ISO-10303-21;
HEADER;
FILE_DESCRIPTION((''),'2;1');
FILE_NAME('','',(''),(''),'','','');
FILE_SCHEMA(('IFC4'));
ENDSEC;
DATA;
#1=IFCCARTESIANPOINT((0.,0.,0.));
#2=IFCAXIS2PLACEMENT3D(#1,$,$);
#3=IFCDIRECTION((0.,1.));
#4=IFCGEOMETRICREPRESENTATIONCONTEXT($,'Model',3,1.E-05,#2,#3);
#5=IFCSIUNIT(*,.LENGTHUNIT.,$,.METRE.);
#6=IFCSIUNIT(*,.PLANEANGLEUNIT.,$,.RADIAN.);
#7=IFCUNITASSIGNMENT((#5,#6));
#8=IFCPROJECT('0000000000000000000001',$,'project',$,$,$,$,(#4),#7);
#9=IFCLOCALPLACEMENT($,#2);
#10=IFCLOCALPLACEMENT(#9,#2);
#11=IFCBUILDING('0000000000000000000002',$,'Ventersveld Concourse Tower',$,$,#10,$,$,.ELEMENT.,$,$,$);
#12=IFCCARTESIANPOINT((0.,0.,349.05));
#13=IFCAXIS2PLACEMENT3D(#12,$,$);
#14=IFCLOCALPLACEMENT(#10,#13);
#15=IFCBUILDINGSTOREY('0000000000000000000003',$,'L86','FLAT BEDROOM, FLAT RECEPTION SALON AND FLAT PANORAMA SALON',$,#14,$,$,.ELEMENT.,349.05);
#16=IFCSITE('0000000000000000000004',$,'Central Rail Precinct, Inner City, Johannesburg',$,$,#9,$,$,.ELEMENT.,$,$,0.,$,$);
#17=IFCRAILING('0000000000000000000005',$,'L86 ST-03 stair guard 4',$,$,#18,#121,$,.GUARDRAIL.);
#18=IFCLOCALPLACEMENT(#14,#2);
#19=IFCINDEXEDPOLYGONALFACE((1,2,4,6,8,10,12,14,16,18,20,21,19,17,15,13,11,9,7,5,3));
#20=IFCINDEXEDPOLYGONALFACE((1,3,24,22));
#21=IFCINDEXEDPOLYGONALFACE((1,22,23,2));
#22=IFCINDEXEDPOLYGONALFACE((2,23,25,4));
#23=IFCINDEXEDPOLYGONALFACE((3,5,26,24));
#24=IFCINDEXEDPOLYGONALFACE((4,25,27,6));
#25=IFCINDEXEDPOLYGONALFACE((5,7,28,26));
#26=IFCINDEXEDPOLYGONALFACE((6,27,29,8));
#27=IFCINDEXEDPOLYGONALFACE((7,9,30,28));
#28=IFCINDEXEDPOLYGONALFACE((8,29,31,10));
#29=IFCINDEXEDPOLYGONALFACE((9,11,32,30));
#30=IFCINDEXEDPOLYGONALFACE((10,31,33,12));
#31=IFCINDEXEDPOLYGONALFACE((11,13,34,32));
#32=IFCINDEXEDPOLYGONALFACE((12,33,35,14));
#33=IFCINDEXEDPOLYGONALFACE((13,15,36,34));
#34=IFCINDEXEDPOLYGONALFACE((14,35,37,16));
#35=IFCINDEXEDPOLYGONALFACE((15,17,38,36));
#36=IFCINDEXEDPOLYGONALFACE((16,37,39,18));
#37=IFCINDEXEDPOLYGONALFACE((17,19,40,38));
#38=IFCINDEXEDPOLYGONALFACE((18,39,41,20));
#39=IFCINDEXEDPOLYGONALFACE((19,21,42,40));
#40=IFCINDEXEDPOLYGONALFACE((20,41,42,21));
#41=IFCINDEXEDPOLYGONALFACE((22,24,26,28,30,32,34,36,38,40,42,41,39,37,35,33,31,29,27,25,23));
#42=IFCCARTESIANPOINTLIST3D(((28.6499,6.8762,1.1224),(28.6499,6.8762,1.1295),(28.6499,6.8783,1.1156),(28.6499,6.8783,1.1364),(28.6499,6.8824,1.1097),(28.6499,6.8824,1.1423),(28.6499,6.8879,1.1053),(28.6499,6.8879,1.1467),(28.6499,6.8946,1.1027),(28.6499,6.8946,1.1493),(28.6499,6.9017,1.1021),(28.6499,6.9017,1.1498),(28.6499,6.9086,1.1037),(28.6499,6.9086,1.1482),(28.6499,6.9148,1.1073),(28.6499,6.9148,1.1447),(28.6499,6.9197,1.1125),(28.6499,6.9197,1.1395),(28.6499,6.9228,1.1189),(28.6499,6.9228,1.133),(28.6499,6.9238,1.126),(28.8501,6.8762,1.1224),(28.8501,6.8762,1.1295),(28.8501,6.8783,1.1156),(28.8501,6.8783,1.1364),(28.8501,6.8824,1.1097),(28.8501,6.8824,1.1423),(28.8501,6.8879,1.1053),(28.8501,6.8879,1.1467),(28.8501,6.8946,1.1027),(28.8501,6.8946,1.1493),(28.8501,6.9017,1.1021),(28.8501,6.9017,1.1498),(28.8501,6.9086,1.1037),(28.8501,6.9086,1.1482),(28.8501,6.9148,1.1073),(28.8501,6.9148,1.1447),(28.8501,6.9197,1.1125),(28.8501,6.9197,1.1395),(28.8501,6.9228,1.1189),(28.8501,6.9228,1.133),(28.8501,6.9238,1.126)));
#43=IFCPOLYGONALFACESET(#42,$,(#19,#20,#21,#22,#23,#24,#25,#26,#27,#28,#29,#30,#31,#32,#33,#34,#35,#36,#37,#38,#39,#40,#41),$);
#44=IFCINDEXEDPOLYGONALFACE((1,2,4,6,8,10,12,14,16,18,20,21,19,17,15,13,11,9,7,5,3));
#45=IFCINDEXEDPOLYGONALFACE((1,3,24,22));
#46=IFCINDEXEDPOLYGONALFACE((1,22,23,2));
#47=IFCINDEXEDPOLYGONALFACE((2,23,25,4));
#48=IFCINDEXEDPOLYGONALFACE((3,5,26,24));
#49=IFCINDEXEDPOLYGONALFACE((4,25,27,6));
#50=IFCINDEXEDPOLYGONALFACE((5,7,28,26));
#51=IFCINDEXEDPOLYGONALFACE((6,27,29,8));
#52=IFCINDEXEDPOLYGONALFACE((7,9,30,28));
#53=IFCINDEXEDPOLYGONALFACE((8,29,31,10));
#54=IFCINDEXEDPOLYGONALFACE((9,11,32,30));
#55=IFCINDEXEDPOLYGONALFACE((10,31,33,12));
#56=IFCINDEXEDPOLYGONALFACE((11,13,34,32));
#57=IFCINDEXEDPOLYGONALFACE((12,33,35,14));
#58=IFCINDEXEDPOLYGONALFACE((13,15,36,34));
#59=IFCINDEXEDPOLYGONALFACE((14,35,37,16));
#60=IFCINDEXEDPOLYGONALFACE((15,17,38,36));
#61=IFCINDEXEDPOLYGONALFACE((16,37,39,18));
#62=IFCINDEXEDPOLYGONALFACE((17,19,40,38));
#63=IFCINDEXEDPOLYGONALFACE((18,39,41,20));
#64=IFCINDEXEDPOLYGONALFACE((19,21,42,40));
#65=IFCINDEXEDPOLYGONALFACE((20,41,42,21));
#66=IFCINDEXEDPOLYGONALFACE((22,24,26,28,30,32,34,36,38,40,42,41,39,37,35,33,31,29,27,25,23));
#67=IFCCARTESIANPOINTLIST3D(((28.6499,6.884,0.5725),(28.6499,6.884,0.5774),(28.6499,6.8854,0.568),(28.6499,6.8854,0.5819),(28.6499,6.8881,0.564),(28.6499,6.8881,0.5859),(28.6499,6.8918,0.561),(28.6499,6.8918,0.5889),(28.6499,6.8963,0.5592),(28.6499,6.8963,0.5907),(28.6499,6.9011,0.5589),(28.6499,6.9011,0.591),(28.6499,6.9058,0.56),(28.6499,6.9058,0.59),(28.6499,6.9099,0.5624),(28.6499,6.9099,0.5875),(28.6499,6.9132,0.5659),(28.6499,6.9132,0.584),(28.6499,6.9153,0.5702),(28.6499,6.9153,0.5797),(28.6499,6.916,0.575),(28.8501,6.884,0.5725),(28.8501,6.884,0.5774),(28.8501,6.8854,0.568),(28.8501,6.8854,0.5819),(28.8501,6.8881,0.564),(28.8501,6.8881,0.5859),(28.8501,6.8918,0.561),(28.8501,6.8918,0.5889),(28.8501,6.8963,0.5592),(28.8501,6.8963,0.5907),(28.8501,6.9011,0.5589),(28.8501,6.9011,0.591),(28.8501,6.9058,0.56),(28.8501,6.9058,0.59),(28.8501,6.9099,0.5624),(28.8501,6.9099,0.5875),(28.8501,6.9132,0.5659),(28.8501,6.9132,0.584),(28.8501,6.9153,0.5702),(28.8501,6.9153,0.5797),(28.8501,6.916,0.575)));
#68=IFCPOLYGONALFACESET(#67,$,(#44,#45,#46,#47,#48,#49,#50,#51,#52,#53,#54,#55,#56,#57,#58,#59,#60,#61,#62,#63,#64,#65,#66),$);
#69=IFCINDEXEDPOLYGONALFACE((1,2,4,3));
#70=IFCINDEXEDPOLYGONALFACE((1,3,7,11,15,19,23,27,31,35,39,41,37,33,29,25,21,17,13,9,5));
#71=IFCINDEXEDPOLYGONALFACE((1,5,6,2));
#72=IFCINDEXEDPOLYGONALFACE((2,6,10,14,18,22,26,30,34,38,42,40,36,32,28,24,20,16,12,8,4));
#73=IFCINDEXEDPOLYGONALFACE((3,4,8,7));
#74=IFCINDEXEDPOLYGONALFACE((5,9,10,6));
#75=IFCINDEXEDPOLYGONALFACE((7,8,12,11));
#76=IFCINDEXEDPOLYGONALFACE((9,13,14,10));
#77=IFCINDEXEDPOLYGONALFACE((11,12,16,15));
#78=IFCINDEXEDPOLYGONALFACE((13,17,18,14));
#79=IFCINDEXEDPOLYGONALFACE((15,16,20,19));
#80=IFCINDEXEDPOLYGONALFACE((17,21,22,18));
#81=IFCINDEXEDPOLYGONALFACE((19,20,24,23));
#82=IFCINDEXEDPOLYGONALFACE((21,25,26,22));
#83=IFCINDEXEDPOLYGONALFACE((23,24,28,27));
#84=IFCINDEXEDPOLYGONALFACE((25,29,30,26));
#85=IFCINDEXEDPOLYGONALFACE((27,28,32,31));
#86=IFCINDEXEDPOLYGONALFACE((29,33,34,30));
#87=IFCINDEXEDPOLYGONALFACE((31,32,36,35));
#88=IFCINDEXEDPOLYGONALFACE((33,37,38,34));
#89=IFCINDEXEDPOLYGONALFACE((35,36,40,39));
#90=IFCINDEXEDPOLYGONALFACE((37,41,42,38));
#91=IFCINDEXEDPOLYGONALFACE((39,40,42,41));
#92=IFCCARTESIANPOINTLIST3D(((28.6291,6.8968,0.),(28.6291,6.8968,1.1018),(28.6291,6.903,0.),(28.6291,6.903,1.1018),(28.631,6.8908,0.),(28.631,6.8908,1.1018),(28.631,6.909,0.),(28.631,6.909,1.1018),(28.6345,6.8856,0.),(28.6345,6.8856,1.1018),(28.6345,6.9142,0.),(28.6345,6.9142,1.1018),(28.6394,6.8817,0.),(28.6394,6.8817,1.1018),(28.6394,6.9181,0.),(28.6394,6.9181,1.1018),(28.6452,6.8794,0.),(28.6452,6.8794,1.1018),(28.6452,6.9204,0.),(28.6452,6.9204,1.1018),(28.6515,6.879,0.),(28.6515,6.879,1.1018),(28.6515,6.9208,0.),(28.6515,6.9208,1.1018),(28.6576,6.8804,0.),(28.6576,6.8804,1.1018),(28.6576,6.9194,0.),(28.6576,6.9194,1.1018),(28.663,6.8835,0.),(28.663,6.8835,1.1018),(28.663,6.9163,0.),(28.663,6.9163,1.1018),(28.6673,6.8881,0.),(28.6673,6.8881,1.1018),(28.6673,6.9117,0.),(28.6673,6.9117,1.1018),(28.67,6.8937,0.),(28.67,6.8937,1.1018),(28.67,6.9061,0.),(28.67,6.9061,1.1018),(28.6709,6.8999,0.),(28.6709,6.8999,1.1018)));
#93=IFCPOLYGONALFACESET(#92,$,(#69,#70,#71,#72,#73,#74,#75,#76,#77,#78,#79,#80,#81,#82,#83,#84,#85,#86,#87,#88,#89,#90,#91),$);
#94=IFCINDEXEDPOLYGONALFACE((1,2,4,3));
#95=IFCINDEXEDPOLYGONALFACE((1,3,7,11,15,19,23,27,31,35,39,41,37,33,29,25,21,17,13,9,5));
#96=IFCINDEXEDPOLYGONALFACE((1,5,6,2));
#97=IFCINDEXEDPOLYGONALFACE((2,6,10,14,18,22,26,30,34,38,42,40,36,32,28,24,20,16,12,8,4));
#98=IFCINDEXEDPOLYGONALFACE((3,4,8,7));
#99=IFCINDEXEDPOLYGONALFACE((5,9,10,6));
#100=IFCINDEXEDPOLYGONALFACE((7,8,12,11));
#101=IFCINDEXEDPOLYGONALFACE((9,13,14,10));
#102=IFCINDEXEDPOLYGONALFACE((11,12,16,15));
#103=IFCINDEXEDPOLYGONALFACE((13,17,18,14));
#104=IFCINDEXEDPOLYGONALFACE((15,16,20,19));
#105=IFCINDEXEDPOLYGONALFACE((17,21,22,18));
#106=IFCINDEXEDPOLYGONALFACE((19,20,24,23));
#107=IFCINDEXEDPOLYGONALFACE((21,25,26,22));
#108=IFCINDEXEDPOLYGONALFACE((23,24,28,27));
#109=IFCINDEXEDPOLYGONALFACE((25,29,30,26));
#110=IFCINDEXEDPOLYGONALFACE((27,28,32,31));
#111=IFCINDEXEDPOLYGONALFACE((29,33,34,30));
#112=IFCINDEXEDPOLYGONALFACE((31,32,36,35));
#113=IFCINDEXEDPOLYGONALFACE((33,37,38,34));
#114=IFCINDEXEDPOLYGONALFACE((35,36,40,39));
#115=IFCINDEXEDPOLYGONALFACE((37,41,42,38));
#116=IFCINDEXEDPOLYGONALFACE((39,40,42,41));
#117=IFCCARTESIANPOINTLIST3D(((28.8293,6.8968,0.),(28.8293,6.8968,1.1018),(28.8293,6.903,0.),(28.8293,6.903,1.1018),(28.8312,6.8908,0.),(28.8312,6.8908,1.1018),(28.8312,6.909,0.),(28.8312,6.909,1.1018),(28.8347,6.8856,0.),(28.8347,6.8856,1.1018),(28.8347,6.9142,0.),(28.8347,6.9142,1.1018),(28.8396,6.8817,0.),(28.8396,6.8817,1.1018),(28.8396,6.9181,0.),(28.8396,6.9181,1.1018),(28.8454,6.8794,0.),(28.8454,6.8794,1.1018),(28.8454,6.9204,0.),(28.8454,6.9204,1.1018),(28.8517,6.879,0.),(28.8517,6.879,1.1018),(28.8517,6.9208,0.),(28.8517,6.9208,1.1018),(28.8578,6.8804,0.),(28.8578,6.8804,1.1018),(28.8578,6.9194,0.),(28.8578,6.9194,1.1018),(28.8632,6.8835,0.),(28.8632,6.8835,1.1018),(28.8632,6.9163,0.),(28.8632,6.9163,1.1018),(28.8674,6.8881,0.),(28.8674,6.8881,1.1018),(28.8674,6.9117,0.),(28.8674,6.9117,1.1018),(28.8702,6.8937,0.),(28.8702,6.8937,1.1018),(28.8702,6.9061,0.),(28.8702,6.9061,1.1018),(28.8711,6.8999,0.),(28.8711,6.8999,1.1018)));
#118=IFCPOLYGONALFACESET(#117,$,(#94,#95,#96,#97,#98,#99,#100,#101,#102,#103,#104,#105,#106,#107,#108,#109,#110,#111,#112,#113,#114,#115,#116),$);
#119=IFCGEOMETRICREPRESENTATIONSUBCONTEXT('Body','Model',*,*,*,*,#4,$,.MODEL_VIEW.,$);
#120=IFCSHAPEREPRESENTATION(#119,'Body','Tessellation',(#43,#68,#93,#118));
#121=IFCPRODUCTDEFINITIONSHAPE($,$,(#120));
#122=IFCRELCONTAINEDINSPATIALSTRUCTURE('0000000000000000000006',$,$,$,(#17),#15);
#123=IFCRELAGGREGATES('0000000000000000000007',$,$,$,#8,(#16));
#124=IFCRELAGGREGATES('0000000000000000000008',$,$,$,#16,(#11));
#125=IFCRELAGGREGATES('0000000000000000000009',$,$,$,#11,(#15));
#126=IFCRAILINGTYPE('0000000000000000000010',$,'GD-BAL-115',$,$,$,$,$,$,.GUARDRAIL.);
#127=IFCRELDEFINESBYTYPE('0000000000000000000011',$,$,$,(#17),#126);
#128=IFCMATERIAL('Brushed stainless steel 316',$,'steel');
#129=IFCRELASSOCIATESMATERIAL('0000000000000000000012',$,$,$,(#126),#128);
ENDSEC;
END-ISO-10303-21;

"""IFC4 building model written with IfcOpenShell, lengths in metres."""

from ifc_helpers import new_model, si_unit, direction, frame, origin, origin_2d, place, context, subcontext, project, spatial, circle, extrude, material, type_object, element, save


model = new_model("IFC4")

# Units and contexts
model_context = context("Model", 3, precision=1e-05, world=origin(), true_north=direction((0.0, 1.0)))
body_context = subcontext(model_context, "Body", "Model", "MODEL_VIEW")
ifc_project = project(units=[si_unit("LENGTHUNIT", "METRE"), si_unit("PLANEANGLEUNIT", "RADIAN")], contexts=[model_context])

# Site, building, storey
site_placement = place(None, origin())
site = spatial("IfcSite", under=ifc_project, at=site_placement, Name="Central Rail Precinct, Inner City, Johannesburg", CompositionType="ELEMENT", RefElevation=0.0)
building_placement = place(site_placement, origin())
building = spatial("IfcBuilding", under=site, at=building_placement, Name="Ventersveld Concourse Tower", CompositionType="ELEMENT")
storey_placement = place(building_placement, frame((0.0, 0.0, 349.05)))
storey = spatial("IfcBuildingStorey", under=building, at=storey_placement, Name="L86", Description="FLAT BEDROOM, FLAT RECEPTION SALON AND FLAT PANORAMA SALON", CompositionType="ELEMENT", Elevation=349.05)

# Shared definitions
ifc_material_1 = material(Name="Brushed stainless steel 316", Category="steel")

# Railing
railing_type_1 = type_object("IfcRailingType", Name="GD-BAL-115", PredefinedType="GUARDRAIL", material=ifc_material_1)
railing_1_placement = place(storey_placement, frame((28.6499, 6.8999, 0.0)))
element("IfcRailing", 1, at=railing_1_placement, inside=storey, type_object=railing_type_1, Name="L86 ST-03 stair guard 4", PredefinedType="GUARDRAIL", context=body_context, shape_type="SweptSolid", body=[
    extrude(circle(Radius=0.0239, at=origin_2d()), frame((0.0, 0.0, 1.126), z_axis=(1.0, 0.0, 0.0), x_axis=(0.0, 1.0, 0.0)), (0.0, 0.0, 1.0), 0.2002),
    extrude(circle(Radius=0.0161, at=origin_2d()), frame((0.0, 0.0, 0.575), z_axis=(1.0, 0.0, 0.0), x_axis=(0.0, 1.0, 0.0)), (0.0, 0.0, 1.0), 0.2002),
    extrude(circle(Radius=0.021, at=origin_2d()), origin(), (0.0, 0.0, 1.0), 1.1018),
    extrude(circle(Radius=0.021, at=origin_2d()), frame((0.2002, 0.0, 0.0)), (0.0, 0.0, 1.0), 1.1018),
])

save(model, "model.ifc")
